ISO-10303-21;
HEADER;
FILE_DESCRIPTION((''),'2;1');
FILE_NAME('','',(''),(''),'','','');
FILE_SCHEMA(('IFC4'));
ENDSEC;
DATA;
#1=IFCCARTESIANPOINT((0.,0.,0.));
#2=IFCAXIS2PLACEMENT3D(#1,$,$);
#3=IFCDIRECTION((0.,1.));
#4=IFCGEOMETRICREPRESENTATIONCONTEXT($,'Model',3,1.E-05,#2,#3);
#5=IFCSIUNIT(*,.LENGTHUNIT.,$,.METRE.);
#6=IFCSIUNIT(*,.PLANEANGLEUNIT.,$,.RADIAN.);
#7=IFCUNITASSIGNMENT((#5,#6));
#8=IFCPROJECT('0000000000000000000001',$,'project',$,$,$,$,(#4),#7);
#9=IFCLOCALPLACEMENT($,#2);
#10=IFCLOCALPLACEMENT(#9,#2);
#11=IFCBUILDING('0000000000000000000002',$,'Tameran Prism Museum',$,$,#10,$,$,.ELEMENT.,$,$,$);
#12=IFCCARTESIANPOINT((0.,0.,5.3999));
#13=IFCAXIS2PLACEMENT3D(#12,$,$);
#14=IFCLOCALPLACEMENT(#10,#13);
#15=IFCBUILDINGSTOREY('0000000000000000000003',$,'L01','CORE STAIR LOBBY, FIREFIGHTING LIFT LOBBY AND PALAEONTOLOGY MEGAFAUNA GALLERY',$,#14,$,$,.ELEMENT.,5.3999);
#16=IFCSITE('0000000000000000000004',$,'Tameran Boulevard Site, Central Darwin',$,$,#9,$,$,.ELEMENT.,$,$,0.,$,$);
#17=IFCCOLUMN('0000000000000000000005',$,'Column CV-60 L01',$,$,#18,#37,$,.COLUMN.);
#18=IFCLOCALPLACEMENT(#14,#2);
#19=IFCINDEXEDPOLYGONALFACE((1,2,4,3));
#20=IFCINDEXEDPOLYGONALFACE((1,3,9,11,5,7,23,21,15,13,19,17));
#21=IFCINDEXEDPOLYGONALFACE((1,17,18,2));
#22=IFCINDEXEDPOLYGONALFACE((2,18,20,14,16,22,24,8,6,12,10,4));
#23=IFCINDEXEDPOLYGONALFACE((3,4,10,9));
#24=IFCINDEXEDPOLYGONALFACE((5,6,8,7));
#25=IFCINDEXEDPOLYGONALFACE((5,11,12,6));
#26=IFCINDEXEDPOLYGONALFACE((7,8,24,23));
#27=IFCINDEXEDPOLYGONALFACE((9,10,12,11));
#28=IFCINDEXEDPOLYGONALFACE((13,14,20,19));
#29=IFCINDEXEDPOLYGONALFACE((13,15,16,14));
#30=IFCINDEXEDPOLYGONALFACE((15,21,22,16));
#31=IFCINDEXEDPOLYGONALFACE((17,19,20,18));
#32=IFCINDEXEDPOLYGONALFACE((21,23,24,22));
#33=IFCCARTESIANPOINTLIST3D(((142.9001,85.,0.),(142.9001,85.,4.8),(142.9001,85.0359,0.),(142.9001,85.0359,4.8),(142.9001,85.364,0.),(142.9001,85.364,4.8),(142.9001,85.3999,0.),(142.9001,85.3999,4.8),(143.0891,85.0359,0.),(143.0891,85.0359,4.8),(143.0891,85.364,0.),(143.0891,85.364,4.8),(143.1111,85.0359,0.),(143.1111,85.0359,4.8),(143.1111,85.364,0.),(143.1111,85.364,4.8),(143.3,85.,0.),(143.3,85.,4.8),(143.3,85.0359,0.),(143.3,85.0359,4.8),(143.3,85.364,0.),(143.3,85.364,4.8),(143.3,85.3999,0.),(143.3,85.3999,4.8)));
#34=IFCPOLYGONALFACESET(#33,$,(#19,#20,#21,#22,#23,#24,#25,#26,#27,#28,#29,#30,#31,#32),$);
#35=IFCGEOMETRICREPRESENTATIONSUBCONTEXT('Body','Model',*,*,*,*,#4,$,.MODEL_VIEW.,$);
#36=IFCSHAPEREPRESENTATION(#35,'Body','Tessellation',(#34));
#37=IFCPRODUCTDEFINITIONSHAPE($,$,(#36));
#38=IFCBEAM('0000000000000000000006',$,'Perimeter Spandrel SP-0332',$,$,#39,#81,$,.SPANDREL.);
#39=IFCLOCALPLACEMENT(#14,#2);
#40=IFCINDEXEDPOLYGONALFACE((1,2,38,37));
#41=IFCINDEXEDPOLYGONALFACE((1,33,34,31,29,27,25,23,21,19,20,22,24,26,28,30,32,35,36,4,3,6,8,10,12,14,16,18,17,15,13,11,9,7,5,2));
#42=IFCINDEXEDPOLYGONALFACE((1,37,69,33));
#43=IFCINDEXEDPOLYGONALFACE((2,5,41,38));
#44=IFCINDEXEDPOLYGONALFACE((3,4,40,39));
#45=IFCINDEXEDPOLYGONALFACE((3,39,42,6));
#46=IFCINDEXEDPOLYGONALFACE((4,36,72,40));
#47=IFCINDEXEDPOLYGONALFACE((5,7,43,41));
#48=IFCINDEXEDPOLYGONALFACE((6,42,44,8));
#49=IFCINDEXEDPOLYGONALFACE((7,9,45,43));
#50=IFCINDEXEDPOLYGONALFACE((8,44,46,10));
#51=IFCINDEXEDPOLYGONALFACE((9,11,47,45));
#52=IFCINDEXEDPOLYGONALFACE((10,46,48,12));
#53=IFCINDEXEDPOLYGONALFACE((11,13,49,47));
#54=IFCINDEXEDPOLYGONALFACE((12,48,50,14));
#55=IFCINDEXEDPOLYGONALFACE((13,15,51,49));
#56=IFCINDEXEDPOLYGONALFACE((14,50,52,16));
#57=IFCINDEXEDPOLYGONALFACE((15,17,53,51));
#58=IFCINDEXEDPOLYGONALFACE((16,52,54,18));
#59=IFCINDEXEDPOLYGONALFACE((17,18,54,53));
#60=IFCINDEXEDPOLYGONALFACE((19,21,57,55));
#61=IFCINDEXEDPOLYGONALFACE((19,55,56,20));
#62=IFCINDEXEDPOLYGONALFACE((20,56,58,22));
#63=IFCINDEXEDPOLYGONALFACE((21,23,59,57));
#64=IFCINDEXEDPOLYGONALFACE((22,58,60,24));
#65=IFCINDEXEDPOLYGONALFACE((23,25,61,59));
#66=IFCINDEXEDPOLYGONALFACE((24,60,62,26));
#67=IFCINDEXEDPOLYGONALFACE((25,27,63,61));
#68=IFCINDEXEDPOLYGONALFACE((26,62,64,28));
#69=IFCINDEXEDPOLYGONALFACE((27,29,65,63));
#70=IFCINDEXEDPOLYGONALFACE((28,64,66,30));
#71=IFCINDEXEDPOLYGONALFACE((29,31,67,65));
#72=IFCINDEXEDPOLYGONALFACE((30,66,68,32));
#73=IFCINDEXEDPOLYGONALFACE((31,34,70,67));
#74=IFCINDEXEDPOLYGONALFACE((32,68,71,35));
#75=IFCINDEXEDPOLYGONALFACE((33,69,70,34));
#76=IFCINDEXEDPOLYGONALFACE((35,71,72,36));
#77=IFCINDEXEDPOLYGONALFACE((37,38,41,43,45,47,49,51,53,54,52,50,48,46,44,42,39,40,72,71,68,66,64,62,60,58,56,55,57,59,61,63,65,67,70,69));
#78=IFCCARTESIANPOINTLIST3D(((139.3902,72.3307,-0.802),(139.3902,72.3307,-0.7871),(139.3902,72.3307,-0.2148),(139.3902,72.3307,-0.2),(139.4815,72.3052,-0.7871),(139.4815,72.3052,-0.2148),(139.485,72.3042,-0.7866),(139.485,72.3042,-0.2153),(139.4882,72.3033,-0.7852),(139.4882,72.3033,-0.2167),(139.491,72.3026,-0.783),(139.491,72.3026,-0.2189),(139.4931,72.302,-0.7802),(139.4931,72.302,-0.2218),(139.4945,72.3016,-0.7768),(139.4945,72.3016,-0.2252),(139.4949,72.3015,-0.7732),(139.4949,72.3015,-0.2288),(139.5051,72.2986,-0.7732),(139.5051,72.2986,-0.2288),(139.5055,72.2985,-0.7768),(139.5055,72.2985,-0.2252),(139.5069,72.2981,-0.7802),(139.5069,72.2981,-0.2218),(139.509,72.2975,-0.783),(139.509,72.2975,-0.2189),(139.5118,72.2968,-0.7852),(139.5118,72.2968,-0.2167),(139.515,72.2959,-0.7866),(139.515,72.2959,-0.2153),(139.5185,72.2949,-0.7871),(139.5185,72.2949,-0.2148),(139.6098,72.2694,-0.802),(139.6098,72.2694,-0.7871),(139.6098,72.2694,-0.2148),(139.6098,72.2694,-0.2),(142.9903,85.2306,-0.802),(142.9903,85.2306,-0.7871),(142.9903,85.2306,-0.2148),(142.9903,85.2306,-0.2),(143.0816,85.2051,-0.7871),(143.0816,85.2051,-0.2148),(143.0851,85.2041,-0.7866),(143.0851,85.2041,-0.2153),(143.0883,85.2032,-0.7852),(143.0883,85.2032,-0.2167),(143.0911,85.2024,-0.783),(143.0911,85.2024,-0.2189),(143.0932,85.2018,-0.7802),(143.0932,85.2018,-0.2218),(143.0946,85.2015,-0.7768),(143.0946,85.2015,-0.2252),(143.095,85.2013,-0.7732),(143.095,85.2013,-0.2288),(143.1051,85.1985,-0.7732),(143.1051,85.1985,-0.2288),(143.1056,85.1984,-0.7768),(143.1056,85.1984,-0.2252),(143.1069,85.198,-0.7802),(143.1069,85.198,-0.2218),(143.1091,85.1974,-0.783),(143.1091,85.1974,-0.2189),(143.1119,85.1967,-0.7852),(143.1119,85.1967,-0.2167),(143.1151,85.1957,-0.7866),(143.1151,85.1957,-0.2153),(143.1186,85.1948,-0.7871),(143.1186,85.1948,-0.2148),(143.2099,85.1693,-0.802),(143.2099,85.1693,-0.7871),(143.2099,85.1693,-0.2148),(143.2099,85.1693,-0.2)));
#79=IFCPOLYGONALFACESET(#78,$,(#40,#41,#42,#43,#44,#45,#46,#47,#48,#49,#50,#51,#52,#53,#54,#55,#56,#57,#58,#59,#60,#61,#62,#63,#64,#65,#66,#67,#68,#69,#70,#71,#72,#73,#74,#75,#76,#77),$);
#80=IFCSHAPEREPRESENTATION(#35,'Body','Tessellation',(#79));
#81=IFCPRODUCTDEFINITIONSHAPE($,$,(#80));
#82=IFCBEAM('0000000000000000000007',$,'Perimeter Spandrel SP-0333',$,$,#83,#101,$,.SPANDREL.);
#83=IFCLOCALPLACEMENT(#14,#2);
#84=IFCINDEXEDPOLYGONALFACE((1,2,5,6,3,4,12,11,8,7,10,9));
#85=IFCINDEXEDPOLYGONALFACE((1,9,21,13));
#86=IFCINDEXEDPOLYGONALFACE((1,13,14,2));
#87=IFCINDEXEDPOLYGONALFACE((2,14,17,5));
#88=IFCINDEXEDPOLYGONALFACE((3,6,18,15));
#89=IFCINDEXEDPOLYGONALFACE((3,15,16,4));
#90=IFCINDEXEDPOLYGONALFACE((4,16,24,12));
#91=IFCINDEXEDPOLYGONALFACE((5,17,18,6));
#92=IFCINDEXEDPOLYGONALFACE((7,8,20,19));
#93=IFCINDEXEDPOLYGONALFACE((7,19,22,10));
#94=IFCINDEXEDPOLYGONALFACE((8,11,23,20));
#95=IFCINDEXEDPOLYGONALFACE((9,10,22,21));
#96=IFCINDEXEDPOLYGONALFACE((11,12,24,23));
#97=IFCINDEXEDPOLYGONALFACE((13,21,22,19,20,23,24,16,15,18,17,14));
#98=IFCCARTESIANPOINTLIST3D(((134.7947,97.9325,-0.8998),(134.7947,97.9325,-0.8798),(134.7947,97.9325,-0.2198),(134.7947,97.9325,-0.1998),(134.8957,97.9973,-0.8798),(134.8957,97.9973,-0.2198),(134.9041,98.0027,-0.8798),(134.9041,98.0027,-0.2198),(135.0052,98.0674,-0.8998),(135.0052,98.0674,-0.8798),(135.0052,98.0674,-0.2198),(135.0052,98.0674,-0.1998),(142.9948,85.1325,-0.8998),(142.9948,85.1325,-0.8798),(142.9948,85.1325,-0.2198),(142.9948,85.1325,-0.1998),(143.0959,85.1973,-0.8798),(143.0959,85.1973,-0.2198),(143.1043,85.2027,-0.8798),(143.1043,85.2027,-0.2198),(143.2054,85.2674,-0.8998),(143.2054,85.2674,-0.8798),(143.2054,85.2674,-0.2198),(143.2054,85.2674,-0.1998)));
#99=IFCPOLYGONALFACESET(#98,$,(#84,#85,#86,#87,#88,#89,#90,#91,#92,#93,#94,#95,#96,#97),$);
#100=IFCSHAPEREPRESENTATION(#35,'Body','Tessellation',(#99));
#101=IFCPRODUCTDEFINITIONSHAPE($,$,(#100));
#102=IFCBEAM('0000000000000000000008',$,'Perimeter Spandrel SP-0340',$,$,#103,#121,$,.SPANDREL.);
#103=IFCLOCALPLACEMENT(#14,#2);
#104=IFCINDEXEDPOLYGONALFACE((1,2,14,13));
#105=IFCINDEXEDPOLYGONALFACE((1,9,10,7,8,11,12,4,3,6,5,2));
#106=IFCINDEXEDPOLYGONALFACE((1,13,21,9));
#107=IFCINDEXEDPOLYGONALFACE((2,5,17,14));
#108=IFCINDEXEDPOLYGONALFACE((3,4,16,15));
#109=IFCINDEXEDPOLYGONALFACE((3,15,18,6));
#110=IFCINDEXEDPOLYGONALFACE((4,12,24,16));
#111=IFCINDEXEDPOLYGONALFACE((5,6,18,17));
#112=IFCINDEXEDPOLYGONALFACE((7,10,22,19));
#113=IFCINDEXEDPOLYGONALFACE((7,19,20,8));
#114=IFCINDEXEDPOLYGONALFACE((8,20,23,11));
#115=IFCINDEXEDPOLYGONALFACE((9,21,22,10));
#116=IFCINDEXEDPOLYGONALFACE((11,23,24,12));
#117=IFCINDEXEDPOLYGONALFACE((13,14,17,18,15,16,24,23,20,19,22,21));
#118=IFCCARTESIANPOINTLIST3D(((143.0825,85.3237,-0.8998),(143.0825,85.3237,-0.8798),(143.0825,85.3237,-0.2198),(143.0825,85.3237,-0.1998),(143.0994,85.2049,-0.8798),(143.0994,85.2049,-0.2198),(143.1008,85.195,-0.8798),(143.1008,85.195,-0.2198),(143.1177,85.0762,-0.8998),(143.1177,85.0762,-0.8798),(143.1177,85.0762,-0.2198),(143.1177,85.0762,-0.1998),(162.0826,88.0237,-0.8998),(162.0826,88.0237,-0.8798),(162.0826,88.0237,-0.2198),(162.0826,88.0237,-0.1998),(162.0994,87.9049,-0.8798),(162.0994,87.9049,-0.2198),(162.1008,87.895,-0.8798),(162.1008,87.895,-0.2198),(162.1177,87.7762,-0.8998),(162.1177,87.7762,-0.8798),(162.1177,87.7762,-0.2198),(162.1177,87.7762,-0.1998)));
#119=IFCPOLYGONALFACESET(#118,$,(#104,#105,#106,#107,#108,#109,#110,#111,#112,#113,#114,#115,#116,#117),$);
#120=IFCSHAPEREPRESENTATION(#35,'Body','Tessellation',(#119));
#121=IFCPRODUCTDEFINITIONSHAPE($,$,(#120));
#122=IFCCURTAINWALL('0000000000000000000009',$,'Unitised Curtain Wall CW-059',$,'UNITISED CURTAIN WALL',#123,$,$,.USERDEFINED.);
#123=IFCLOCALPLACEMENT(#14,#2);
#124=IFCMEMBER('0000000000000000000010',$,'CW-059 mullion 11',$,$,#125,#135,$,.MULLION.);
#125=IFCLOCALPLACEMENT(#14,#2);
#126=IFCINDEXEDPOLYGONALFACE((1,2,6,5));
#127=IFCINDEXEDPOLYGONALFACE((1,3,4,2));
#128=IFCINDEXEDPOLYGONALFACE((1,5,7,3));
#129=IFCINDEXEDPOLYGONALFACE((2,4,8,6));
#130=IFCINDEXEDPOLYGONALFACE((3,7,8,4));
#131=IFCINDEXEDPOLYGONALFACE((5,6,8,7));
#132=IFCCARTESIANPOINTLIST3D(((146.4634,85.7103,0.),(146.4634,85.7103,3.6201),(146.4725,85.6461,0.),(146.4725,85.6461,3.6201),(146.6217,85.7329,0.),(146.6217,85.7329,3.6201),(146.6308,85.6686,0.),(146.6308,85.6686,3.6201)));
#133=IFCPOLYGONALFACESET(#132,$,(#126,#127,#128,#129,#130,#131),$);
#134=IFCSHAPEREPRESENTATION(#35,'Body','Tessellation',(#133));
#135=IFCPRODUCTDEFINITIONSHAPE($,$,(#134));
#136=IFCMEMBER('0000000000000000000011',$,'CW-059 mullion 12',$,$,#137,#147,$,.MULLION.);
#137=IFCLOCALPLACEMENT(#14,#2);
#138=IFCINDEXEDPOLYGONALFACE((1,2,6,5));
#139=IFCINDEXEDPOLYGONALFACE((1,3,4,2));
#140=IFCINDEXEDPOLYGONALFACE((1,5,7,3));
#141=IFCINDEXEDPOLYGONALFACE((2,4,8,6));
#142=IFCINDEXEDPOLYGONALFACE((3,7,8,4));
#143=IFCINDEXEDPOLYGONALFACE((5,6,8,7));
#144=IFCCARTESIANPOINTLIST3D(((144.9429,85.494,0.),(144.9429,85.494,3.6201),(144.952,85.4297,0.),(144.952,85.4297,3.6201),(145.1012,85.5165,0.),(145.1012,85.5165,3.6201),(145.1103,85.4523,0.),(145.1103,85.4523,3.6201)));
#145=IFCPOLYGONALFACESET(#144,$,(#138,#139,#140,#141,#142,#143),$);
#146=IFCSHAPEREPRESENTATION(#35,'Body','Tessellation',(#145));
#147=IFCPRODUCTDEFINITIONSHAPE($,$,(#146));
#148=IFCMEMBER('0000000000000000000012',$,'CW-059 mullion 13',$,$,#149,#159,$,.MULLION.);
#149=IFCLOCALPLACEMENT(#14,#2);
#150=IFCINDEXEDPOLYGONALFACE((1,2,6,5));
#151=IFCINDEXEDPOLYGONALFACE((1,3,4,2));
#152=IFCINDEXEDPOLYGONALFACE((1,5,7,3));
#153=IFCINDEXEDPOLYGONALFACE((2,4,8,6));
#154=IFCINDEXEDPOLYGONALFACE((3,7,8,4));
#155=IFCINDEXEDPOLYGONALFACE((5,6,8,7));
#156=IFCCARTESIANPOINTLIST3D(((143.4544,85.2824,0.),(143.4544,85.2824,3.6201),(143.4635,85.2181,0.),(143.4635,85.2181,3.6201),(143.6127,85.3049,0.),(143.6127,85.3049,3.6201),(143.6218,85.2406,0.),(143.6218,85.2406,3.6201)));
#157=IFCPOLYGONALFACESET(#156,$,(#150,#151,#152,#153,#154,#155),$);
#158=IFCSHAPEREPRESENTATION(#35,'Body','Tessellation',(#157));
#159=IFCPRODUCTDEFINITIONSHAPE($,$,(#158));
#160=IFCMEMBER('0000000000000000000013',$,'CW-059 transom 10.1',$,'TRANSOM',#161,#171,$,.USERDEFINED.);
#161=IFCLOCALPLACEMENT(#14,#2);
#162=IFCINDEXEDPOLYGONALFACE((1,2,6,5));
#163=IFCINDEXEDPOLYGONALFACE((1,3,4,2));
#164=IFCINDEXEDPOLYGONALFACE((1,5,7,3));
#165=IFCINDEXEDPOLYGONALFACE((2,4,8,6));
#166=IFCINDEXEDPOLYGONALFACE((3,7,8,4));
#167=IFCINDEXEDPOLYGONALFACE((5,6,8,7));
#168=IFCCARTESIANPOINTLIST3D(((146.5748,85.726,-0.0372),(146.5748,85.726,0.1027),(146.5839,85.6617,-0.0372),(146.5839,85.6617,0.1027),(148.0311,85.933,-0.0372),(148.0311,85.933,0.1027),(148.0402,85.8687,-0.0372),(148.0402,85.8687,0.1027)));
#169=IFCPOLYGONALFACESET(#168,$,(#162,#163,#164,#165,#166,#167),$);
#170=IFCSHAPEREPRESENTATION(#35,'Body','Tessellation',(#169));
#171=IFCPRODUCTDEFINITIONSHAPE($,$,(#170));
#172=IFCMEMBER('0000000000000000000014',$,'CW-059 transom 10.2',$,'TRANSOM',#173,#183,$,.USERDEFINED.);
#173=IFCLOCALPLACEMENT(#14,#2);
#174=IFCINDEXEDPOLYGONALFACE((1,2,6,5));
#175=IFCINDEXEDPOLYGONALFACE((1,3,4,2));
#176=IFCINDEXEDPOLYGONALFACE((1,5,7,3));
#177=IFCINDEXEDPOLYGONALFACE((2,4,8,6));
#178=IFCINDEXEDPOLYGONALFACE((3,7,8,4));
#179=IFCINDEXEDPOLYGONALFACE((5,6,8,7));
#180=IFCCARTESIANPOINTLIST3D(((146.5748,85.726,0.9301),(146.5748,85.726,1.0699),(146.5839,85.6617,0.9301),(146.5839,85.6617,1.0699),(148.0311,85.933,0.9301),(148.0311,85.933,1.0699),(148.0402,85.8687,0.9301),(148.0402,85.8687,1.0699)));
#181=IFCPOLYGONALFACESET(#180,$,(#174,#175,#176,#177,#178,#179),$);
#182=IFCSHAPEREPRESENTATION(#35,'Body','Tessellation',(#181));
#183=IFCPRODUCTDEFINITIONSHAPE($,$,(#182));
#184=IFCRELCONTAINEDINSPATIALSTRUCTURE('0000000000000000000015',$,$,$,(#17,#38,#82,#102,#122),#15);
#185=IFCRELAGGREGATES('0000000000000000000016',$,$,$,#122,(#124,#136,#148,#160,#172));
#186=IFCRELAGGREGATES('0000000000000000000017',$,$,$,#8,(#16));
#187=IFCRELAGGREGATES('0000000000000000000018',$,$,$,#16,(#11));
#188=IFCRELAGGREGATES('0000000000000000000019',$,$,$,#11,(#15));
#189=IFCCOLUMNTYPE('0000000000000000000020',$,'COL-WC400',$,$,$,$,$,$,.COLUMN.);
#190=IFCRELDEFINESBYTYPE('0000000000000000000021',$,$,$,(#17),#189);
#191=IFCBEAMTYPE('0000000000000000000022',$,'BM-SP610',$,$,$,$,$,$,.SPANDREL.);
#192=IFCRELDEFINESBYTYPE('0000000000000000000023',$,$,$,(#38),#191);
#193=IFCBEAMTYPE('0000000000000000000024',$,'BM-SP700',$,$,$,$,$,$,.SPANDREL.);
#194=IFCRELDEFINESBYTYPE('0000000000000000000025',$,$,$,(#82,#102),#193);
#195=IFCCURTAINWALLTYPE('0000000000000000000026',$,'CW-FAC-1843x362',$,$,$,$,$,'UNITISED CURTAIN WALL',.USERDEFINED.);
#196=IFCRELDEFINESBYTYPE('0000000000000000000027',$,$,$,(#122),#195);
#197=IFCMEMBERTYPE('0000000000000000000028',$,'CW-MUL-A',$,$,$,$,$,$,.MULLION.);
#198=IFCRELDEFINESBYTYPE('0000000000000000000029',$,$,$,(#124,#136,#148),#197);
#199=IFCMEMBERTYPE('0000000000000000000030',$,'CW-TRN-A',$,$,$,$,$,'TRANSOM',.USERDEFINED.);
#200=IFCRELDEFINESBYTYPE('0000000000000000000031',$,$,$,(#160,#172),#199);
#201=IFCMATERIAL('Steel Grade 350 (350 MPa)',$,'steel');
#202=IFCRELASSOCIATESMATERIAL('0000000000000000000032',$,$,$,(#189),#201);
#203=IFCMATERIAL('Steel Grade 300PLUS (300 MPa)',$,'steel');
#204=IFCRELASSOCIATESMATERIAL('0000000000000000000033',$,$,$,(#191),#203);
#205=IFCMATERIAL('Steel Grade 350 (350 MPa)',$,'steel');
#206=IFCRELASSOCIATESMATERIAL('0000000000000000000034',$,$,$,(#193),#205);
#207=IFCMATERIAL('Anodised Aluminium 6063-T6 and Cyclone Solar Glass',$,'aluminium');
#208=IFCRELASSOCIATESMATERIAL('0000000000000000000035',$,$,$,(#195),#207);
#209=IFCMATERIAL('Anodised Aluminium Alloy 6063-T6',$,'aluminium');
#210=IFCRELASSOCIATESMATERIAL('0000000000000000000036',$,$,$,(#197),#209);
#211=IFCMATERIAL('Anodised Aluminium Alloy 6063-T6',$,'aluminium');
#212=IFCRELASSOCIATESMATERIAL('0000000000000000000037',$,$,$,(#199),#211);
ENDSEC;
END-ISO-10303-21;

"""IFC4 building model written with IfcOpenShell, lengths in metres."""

from ifc_helpers import new_model, si_unit, direction, frame, origin, origin_2d, place, context, subcontext, project, spatial, rectangle, i_section, extrude, material, material_profile, profile_set, type_object, element, aggregate, save


model = new_model("IFC4")

# Units and contexts
model_context = context("Model", 3, precision=1e-05, world=origin(), true_north=direction((0.0, 1.0)))
body_context = subcontext(model_context, "Body", "Model", "MODEL_VIEW")
ifc_project = project(units=[si_unit("LENGTHUNIT", "METRE"), si_unit("PLANEANGLEUNIT", "RADIAN")], contexts=[model_context])

# Site, building, storey
site_placement = place(None, origin())
site = spatial("IfcSite", under=ifc_project, at=site_placement, Name="Tameran Boulevard Site, Central Darwin", CompositionType="ELEMENT", RefElevation=0.0)
building_placement = place(site_placement, origin())
building = spatial("IfcBuilding", under=site, at=building_placement, Name="Tameran Prism Museum", CompositionType="ELEMENT")
storey_placement = place(building_placement, frame((0.0, 0.0, 5.3999)))
storey = spatial("IfcBuildingStorey", under=building, at=storey_placement, Name="L01", Description="CORE STAIR LOBBY, FIREFIGHTING LIFT LOBBY AND PALAEONTOLOGY MEGAFAUNA GALLERY", CompositionType="ELEMENT", Elevation=5.3999)

# Column
ifc_material_1 = material(Name="Steel Grade 350 (350 MPa)", Category="steel")
ifc_material_profile_1 = material_profile(ifc_material_1, i_section(OverallWidth=0.3999, OverallDepth=0.3999, WebThickness=0.022, FlangeThickness=0.0359, at=origin_2d()))
ifc_profile_set_1 = profile_set([ifc_material_profile_1])
column_type = type_object("IfcColumnType", Name="COL-WC400", PredefinedType="COLUMN", material=ifc_profile_set_1)
column_placement = place(storey_placement, frame((143.1001, 85.2, 0.0), z_axis=(0.0, 0.0, 1.0), x_axis=(1.0, 0.0, 0.0)))
element("IfcColumn", 1, at=column_placement, inside=storey, type_object=column_type, Name="Column CV-60 L01", PredefinedType="COLUMN", context=body_context, shape_type="SweptSolid", body=[
    extrude(i_section(OverallWidth=0.3999, OverallDepth=0.3999, WebThickness=0.022, FlangeThickness=0.0359, at=origin_2d()), origin(), (0.0, 0.0, 1.0), 4.8),
])

# Beams
ifc_material_2 = material(Name="Steel Grade 300PLUS (300 MPa)", Category="steel")
ifc_material_profile_2 = material_profile(ifc_material_2, i_section(OverallWidth=0.228, OverallDepth=0.6021, WebThickness=0.0105, FlangeThickness=0.0149, FilletRadius=0.0139, at=origin_2d()))
ifc_profile_set_2 = profile_set([ifc_material_profile_2])
beam_type_1 = type_object("IfcBeamType", Name="BM-SP610", PredefinedType="SPANDREL", material=ifc_profile_set_2)
beam_1_placement = place(storey_placement, frame((139.5, 72.3, -0.501), z_axis=(0.268808, 0.963194, 0.0), x_axis=(-0.963194, 0.268808, 0.0)))
element("IfcBeam", 2, at=beam_1_placement, inside=storey, type_object=beam_type_1, Name="Perimeter Spandrel SP-0332", PredefinedType="SPANDREL", context=body_context, shape_type="SweptSolid", body=[
    extrude(i_section(OverallWidth=0.228, OverallDepth=0.6021, WebThickness=0.0105, FlangeThickness=0.0149, FilletRadius=0.0139, at=origin_2d()), origin(), (0.0, 0.0, 1.0), 13.3928),
])
ifc_material_3 = material(Name="Steel Grade 350 (350 MPa)", Category="steel")
ifc_material_profile_3 = material_profile(ifc_material_3, i_section(OverallWidth=0.25, OverallDepth=0.7, WebThickness=0.01, FlangeThickness=0.02, at=origin_2d()))
ifc_profile_set_3 = profile_set([ifc_material_profile_3])
beam_type_2 = type_object("IfcBeamType", Name="BM-SP700", PredefinedType="SPANDREL", material=ifc_profile_set_3)
beam_2_placement = place(storey_placement, frame((143.1001, 85.2, -0.5498), z_axis=(-0.539435, 0.842027, 0.0), x_axis=(-0.842027, -0.539435, 0.0)))
element("IfcBeam", 3, at=beam_2_placement, inside=storey, type_object=beam_type_2, Name="Perimeter Spandrel SP-0333", PredefinedType="SPANDREL", context=body_context, shape_type="SweptSolid", body=[
    extrude(i_section(OverallWidth=0.25, OverallDepth=0.7, WebThickness=0.01, FlangeThickness=0.02, at=origin_2d()), origin(), (0.0, 0.0, 1.0), 15.2014),
])
beam_3_placement = place(storey_placement, frame((143.1001, 85.2, -0.5498), z_axis=(0.990054, 0.140689, 0.0), x_axis=(-0.140689, 0.990054, 0.0)))
element("IfcBeam", 4, at=beam_3_placement, inside=storey, type_object=beam_type_2, Name="Perimeter Spandrel SP-0340", PredefinedType="SPANDREL", context=body_context, shape_type="SweptSolid", body=[
    extrude(i_section(OverallWidth=0.25, OverallDepth=0.7, WebThickness=0.01, FlangeThickness=0.02, at=origin_2d()), origin(), (0.0, 0.0, 1.0), 19.1909),
])

# Curtain wall, members
ifc_material_4 = material(Name="Anodised Aluminium 6063-T6 and Cyclone Solar Glass", Category="aluminium")
curtain_wall_type = type_object("IfcCurtainWallType", Name="CW-FAC-1843x362", ElementType="UNITISED CURTAIN WALL", PredefinedType="USERDEFINED", material=ifc_material_4)
curtain_wall_placement = place(storey_placement, origin())
curtain_wall = element("IfcCurtainWall", 5, at=curtain_wall_placement, inside=storey, type_object=curtain_wall_type, Name="Unitised Curtain Wall CW-059", ObjectType="UNITISED CURTAIN WALL", PredefinedType="USERDEFINED")
ifc_material_5 = material(Name="Anodised Aluminium Alloy 6063-T6", Category="aluminium")
ifc_material_profile_4 = material_profile(ifc_material_5, rectangle(XDim=0.0649, YDim=0.1599, at=origin_2d()))
ifc_profile_set_4 = profile_set([ifc_material_profile_4])
member_type_1 = type_object("IfcMemberType", Name="CW-MUL-A", PredefinedType="MULLION", material=ifc_profile_set_4)
member_1_placement = place(storey_placement, frame((146.5471, 85.6895, 0.0), z_axis=(0.0, 0.0, 1.0), x_axis=(0.140745, -0.990046, 0.0)))
member_1 = element("IfcMember", 6, at=member_1_placement, type_object=member_type_1, Name="CW-059 mullion 11", PredefinedType="MULLION", context=body_context, shape_type="SweptSolid", body=[
    extrude(rectangle(XDim=0.0649, YDim=0.1599, at=origin_2d()), origin(), (0.0, 0.0, 1.0), 3.6201),
])
member_2_placement = place(storey_placement, frame((145.0266, 85.4731, 0.0), z_axis=(0.0, 0.0, 1.0), x_axis=(0.140745, -0.990046, 0.0)))
member_2 = element("IfcMember", 7, at=member_2_placement, type_object=member_type_1, Name="CW-059 mullion 12", PredefinedType="MULLION", context=body_context, shape_type="SweptSolid", body=[
    extrude(rectangle(XDim=0.0649, YDim=0.1599, at=origin_2d()), origin(), (0.0, 0.0, 1.0), 3.6201),
])
member_3_placement = place(storey_placement, frame((143.5381, 85.2615, 0.0), z_axis=(0.0, 0.0, 1.0), x_axis=(0.140745, -0.990046, 0.0)))
member_3 = element("IfcMember", 8, at=member_3_placement, type_object=member_type_1, Name="CW-059 mullion 13", PredefinedType="MULLION", context=body_context, shape_type="SweptSolid", body=[
    extrude(rectangle(XDim=0.0649, YDim=0.1599, at=origin_2d()), origin(), (0.0, 0.0, 1.0), 3.6201),
])
ifc_material_6 = material(Name="Anodised Aluminium Alloy 6063-T6", Category="aluminium")
ifc_material_profile_5 = material_profile(ifc_material_6, rectangle(XDim=0.0649, YDim=0.1399, at=origin_2d()))
ifc_profile_set_5 = profile_set([ifc_material_profile_5])
member_type_2 = type_object("IfcMemberType", Name="CW-TRN-A", ElementType="TRANSOM", PredefinedType="USERDEFINED", material=ifc_profile_set_5)
member_4_placement = place(storey_placement, frame((148.0356, 85.9009, 0.0327), z_axis=(-0.990046, -0.140747, 0.0), x_axis=(0.140747, -0.990046, 0.0)))
member_4 = element("IfcMember", 9, at=member_4_placement, type_object=member_type_2, Name="CW-059 transom 10.1", ObjectType="TRANSOM", PredefinedType="USERDEFINED", context=body_context, shape_type="SweptSolid", body=[
    extrude(rectangle(XDim=0.0649, YDim=0.1399, at=origin_2d()), origin(), (0.0, 0.0, 1.0), 1.4709),
])
member_5_placement = place(storey_placement, frame((148.0356, 85.9009, 1.0), z_axis=(-0.990046, -0.140747, 0.0), x_axis=(0.140747, -0.990046, 0.0)))
member_5 = element("IfcMember", 10, at=member_5_placement, type_object=member_type_2, Name="CW-059 transom 10.2", ObjectType="TRANSOM", PredefinedType="USERDEFINED", context=body_context, shape_type="SweptSolid", body=[
    extrude(rectangle(XDim=0.0649, YDim=0.1399, at=origin_2d()), origin(), (0.0, 0.0, 1.0), 1.4709),
])

aggregate(curtain_wall, [member_1, member_2, member_3, member_4, member_5])

save(model, "model.ifc")
